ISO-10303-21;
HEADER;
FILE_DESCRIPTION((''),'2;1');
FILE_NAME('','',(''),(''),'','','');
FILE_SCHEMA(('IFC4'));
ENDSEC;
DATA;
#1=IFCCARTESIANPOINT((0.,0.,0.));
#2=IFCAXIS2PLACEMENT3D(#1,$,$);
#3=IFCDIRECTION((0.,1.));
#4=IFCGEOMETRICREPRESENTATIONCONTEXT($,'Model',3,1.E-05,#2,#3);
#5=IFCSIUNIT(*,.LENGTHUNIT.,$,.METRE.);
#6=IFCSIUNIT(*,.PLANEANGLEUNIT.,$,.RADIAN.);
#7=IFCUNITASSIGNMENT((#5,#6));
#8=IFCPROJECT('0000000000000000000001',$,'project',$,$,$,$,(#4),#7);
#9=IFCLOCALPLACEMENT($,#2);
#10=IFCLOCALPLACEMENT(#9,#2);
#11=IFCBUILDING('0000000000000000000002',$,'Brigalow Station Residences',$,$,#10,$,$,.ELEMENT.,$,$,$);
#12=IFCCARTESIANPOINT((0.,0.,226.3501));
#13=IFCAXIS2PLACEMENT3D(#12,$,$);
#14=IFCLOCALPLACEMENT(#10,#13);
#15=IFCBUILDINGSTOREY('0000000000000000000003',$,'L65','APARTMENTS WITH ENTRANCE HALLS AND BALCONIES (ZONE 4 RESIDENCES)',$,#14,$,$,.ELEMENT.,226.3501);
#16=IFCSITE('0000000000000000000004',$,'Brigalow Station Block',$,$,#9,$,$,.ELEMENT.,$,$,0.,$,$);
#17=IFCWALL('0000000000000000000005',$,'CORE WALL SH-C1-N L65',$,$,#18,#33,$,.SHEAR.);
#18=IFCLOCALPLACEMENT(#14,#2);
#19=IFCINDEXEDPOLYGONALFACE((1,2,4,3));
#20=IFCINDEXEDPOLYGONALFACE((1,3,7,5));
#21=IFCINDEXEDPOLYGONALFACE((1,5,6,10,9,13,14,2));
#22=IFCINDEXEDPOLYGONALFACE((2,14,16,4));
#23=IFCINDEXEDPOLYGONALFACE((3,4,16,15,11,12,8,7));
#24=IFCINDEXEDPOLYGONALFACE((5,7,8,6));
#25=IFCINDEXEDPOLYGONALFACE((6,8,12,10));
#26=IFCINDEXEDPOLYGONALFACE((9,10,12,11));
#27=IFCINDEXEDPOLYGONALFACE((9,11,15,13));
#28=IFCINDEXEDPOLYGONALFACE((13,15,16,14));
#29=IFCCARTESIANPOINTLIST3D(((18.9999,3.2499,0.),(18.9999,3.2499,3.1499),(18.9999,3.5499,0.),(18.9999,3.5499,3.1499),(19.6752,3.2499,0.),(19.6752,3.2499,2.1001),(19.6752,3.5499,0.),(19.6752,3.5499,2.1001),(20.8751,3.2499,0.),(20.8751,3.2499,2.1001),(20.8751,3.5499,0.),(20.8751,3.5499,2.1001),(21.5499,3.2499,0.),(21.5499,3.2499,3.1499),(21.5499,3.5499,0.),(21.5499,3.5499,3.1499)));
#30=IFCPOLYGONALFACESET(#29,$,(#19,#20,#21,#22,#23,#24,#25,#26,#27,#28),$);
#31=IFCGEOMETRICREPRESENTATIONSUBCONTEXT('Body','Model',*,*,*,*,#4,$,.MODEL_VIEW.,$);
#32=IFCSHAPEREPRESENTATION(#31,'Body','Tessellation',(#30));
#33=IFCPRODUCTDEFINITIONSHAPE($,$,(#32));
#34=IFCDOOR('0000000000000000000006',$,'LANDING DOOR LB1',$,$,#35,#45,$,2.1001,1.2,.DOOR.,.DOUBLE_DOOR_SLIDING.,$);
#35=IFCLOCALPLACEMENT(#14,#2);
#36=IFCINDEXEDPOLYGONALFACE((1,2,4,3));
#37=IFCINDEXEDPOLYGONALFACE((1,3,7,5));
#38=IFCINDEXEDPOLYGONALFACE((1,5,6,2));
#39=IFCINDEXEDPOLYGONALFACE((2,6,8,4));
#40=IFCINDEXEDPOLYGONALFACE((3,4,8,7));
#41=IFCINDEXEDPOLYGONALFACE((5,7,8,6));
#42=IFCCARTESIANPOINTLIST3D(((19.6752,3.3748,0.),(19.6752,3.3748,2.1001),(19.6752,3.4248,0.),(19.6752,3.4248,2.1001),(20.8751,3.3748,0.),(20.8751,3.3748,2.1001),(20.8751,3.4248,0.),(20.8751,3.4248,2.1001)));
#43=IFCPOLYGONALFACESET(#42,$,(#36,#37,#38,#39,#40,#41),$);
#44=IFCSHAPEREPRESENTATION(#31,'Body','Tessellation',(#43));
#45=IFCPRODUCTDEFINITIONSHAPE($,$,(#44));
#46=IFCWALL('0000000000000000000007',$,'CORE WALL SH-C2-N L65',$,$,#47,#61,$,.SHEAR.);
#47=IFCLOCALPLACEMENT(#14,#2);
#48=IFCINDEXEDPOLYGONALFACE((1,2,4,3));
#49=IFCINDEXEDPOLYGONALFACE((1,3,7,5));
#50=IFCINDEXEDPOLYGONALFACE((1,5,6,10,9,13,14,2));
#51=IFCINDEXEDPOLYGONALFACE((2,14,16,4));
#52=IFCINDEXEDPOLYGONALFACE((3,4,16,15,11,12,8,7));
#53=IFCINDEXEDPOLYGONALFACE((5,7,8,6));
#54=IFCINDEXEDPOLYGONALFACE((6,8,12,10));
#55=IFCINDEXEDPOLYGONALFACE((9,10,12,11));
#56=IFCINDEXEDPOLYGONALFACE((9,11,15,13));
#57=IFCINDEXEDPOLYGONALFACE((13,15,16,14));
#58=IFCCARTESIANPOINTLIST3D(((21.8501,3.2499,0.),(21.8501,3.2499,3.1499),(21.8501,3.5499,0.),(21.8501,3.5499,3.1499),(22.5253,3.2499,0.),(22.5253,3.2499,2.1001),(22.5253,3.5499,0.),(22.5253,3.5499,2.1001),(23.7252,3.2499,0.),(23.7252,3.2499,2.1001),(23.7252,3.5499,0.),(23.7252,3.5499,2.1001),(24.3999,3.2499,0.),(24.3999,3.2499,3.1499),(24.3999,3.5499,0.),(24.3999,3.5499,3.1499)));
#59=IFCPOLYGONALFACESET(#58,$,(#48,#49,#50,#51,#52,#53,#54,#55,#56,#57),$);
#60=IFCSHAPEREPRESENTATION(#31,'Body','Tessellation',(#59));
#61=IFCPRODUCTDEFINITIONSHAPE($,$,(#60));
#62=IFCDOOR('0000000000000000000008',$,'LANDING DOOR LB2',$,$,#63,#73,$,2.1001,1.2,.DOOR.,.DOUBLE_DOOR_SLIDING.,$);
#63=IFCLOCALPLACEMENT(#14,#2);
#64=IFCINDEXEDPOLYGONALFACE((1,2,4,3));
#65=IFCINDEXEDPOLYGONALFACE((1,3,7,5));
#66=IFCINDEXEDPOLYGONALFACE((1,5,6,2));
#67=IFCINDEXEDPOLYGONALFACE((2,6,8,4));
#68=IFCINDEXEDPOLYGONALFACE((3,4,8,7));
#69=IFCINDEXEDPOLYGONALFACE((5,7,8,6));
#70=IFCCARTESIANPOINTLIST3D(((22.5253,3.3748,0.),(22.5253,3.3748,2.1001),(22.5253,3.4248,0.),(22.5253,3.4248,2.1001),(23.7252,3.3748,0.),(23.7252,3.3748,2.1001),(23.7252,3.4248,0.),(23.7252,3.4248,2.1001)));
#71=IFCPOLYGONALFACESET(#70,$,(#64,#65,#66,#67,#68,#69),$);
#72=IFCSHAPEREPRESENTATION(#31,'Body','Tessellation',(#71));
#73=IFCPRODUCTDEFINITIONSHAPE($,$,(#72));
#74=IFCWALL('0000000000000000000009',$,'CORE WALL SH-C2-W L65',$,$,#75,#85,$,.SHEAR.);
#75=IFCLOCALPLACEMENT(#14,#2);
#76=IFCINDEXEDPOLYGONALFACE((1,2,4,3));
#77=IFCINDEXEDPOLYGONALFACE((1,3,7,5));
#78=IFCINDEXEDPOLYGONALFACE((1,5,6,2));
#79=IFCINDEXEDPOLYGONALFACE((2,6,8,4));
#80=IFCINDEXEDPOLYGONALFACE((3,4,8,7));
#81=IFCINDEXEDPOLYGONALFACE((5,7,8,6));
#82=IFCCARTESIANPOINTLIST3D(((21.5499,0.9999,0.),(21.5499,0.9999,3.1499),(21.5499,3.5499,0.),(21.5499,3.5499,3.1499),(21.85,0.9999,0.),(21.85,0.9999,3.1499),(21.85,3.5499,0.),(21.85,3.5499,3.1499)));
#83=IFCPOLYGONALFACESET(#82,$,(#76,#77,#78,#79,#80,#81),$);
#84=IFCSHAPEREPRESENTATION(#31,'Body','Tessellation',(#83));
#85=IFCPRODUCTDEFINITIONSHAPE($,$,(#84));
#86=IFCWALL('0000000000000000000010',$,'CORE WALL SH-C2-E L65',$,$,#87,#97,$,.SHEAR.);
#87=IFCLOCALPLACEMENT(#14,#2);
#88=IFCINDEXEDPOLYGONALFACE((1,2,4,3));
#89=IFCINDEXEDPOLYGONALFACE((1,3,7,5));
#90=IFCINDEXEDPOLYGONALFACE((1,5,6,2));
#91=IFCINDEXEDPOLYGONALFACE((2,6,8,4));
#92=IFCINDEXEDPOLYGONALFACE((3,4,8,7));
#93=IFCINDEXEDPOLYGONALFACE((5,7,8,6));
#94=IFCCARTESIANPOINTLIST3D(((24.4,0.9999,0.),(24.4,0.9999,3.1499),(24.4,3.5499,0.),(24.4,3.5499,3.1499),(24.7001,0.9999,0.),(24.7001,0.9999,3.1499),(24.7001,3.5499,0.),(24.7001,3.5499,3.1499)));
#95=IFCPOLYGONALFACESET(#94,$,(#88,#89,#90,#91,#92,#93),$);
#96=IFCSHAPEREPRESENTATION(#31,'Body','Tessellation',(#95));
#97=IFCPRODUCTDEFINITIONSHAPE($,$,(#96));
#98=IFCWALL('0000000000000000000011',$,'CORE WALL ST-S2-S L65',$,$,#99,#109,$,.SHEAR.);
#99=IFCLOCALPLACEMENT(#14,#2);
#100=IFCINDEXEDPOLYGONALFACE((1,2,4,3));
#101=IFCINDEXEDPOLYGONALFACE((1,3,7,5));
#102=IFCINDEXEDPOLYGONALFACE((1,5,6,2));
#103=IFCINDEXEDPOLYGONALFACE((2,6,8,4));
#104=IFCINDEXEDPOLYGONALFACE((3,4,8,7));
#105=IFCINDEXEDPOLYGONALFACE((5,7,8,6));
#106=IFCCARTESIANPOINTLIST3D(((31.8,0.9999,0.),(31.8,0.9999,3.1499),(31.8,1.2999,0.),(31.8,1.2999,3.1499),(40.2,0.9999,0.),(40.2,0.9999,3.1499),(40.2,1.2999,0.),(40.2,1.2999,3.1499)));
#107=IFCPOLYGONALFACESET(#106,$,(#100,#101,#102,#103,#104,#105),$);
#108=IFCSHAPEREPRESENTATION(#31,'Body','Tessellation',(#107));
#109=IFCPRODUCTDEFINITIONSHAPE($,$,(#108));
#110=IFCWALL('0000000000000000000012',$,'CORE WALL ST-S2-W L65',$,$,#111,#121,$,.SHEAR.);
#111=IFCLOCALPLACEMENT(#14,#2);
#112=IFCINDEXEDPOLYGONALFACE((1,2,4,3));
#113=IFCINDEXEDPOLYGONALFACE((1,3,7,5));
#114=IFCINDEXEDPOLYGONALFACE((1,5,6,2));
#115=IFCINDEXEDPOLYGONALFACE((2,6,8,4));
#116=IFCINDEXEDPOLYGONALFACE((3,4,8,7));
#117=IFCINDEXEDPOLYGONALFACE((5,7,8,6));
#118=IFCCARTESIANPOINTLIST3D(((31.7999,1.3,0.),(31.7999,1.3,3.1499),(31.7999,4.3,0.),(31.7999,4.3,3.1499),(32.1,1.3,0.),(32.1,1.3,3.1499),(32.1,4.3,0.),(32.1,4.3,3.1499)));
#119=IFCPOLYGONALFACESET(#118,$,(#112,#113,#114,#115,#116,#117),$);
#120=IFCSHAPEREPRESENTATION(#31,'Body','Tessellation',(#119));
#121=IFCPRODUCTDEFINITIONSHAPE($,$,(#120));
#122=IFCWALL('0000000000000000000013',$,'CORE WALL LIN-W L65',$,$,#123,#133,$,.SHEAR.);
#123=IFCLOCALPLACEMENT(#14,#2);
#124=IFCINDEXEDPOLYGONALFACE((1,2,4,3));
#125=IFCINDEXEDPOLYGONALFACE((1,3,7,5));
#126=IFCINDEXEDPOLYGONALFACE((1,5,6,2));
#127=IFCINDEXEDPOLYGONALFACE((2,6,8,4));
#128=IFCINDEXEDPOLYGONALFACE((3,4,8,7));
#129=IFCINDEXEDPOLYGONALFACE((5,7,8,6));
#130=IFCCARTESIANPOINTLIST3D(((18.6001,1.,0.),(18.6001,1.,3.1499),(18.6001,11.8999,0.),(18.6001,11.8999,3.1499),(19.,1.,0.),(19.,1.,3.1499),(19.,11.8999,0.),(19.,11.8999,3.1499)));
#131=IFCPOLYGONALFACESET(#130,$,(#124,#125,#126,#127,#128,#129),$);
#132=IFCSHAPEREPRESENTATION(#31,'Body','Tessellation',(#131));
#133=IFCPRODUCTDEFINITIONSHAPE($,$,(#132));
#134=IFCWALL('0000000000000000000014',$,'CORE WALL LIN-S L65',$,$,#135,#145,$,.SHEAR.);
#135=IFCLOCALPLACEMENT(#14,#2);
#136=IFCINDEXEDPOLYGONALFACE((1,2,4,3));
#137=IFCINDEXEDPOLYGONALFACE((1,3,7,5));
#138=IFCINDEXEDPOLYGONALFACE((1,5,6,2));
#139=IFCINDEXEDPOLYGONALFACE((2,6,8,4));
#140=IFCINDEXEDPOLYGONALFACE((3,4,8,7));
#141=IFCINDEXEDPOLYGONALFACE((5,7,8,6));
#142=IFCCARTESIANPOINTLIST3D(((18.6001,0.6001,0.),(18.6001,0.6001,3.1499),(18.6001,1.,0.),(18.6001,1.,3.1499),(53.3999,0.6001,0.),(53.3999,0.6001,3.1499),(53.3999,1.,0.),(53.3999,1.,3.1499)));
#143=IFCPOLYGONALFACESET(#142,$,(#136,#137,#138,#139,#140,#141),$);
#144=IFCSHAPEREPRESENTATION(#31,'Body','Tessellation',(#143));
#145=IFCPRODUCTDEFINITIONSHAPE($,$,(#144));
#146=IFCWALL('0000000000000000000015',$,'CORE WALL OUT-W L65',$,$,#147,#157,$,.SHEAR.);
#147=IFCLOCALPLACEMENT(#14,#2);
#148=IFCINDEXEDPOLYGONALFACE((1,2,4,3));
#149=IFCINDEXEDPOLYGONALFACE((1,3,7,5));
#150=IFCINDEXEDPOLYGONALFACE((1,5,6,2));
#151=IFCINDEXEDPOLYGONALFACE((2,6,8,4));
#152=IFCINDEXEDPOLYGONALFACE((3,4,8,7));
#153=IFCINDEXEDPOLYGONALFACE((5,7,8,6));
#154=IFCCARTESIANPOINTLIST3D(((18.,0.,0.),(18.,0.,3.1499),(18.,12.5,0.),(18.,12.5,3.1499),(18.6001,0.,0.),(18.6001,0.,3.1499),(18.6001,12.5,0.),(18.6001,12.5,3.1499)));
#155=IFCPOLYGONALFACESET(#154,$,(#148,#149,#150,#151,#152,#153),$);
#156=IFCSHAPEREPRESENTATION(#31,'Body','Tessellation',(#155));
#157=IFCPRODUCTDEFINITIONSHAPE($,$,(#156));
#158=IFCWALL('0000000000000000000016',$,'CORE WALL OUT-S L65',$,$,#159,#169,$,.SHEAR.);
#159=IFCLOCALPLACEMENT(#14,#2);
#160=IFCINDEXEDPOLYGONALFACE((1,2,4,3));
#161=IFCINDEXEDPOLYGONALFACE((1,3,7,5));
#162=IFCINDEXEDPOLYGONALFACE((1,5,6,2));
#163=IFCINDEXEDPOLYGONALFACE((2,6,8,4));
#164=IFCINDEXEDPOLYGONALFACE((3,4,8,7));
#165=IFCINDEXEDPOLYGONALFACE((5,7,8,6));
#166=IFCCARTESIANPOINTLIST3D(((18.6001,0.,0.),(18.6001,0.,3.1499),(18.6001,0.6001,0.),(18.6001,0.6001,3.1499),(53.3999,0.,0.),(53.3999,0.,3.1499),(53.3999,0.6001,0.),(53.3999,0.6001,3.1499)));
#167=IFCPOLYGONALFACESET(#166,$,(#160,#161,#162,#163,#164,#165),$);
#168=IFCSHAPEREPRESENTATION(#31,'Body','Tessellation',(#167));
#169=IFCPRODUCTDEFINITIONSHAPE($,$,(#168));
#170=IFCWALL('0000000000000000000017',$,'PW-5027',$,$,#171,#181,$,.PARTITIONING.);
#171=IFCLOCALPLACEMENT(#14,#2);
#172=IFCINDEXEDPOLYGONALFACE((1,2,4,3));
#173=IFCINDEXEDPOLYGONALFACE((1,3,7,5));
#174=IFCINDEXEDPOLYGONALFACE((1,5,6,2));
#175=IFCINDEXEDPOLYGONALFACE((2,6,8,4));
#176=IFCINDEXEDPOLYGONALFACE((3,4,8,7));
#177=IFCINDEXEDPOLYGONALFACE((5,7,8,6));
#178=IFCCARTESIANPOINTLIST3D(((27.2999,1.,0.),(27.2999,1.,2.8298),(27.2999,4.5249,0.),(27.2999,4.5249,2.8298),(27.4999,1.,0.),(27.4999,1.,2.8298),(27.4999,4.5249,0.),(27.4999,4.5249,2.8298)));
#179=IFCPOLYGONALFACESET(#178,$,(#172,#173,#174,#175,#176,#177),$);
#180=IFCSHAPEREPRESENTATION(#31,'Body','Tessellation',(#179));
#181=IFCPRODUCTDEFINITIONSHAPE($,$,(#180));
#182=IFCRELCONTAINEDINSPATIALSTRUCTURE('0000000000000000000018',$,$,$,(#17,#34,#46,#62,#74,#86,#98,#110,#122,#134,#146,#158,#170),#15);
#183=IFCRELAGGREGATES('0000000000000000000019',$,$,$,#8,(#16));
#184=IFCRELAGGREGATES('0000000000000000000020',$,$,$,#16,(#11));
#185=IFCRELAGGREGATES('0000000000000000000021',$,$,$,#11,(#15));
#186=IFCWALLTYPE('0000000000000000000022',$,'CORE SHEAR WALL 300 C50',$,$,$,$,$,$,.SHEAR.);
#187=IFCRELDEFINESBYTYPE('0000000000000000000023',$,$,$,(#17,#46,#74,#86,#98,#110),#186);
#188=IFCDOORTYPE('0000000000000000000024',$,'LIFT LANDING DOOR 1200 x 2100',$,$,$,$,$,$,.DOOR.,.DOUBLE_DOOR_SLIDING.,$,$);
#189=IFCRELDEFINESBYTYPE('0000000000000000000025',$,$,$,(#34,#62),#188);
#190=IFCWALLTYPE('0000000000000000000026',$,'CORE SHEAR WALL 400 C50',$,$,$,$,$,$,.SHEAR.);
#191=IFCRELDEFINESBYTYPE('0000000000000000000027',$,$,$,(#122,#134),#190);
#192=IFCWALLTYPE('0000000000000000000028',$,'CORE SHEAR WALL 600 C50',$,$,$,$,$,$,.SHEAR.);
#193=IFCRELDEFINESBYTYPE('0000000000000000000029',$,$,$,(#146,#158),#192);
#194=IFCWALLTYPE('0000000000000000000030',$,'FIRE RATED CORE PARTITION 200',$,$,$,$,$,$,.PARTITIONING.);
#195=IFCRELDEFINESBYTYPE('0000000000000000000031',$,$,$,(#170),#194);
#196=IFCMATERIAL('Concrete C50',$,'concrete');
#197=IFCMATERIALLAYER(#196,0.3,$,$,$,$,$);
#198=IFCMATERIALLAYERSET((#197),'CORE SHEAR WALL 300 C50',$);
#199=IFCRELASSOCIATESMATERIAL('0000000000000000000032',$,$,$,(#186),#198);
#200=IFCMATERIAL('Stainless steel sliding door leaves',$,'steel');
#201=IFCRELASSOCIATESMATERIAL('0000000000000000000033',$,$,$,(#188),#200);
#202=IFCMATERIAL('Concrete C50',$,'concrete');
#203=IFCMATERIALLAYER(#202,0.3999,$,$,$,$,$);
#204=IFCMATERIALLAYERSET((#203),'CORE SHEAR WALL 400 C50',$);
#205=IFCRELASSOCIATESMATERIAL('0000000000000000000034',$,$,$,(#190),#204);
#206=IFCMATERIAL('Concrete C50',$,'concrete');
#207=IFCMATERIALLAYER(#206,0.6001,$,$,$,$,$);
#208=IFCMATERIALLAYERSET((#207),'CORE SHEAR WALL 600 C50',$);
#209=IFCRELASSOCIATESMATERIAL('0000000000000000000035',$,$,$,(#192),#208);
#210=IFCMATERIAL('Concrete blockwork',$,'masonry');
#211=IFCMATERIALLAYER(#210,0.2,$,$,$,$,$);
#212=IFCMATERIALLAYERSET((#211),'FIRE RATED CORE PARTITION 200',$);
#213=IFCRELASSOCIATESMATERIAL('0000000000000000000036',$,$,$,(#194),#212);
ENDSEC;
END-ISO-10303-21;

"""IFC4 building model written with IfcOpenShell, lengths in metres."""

from ifc_helpers import new_model, si_unit, direction, frame, frame_2d, origin, place, context, subcontext, project, spatial, rectangle, extrude, material, layer, layer_set, type_object, element, fill, save


model = new_model("IFC4")

# Units and contexts
model_context = context("Model", 3, precision=1e-05, world=origin(), true_north=direction((0.0, 1.0)))
body_context = subcontext(model_context, "Body", "Model", "MODEL_VIEW")
ifc_project = project(units=[si_unit("LENGTHUNIT", "METRE"), si_unit("PLANEANGLEUNIT", "RADIAN")], contexts=[model_context])

# Site, building, storey
site_placement = place(None, origin())
site = spatial("IfcSite", under=ifc_project, at=site_placement, Name="Brigalow Station Block", CompositionType="ELEMENT", RefElevation=0.0)
building_placement = place(site_placement, origin())
building = spatial("IfcBuilding", under=site, at=building_placement, Name="Brigalow Station Residences", CompositionType="ELEMENT")
storey_placement = place(building_placement, frame((0.0, 0.0, 226.3501)))
storey = spatial("IfcBuildingStorey", under=building, at=storey_placement, Name="L65", Description="APARTMENTS WITH ENTRANCE HALLS AND BALCONIES (ZONE 4 RESIDENCES)", CompositionType="ELEMENT", Elevation=226.3501)

# Walls, openings, doors
ifc_material_1 = material(Name="Concrete C50", Category="concrete")
ifc_layer_1 = layer(ifc_material_1, 0.3)
ifc_layer_set_1 = layer_set([ifc_layer_1], Name="CORE SHEAR WALL 300 C50")
wall_type_1 = type_object("IfcWallType", Name="CORE SHEAR WALL 300 C50", PredefinedType="SHEAR", material=ifc_layer_set_1)
wall_1_placement = place(storey_placement, frame((19.0, 3.3999, 0.0), z_axis=(0.0, 0.0, 1.0), x_axis=(1.0, 0.0, 0.0)))
wall_1 = element("IfcWall", 1, at=wall_1_placement, inside=storey, type_object=wall_type_1, Name="CORE WALL SH-C1-N L65", PredefinedType="SHEAR", context=body_context, shape_type="SweptSolid", body=[
    extrude(rectangle(XDim=2.55, YDim=0.3, at=frame_2d((1.2749, 0.0))), origin(), (0.0, 0.0, 1.0), 3.1499),
])
opening_1_placement = place(wall_1_placement, frame((0.675, 0.0, 0.0)))
opening_1 = element("IfcOpeningElement", 2, at=opening_1_placement, cuts=wall_1, PredefinedType="OPENING", context=body_context, shape_type="SweptSolid", body=[
    extrude(rectangle(XDim=1.2, YDim=2.1001, at=frame_2d((0.6001, 1.05))), frame((0.0, 0.1602, 0.0), z_axis=(0.0, -1.0, 0.0), x_axis=(1.0, 0.0, 0.0)), (0.0, 0.0, 1.0), 0.3201),
])
ifc_material_2 = material(Name="Stainless steel sliding door leaves", Category="steel")
door_type = type_object("IfcDoorType", Name="LIFT LANDING DOOR 1200 x 2100", OperationType="DOUBLE_DOOR_SLIDING", PredefinedType="DOOR", material=ifc_material_2)
door_1_placement = place(opening_1_placement, origin())
door_1 = element("IfcDoor", 3, at=door_1_placement, inside=storey, type_object=door_type, Name="LANDING DOOR LB1", OperationType="DOUBLE_DOOR_SLIDING", OverallHeight=2.1001, OverallWidth=1.2, PredefinedType="DOOR", context=body_context, shape_type="SweptSolid", body=[
    extrude(rectangle(XDim=1.2, YDim=2.1001, at=frame_2d((0.6001, 1.05))), frame((0.0, 0.0249, 0.0), z_axis=(0.0, -1.0, 0.0), x_axis=(1.0, 0.0, 0.0)), (0.0, 0.0, 1.0), 0.05),
])
fill(opening_1, door_1)
wall_2_placement = place(storey_placement, frame((21.8501, 3.3999, 0.0), z_axis=(0.0, 0.0, 1.0), x_axis=(1.0, 0.0, 0.0)))
wall_2 = element("IfcWall", 4, at=wall_2_placement, inside=storey, type_object=wall_type_1, Name="CORE WALL SH-C2-N L65", PredefinedType="SHEAR", context=body_context, shape_type="SweptSolid", body=[
    extrude(rectangle(XDim=2.5498, YDim=0.3, at=frame_2d((1.2749, 0.0))), origin(), (0.0, 0.0, 1.0), 3.1499),
])
opening_2_placement = place(wall_2_placement, frame((0.675, 0.0, 0.0)))
opening_2 = element("IfcOpeningElement", 5, at=opening_2_placement, cuts=wall_2, PredefinedType="OPENING", context=body_context, shape_type="SweptSolid", body=[
    extrude(rectangle(XDim=1.2, YDim=2.1001, at=frame_2d((0.6001, 1.05))), frame((0.0, 0.1602, 0.0), z_axis=(0.0, -1.0, 0.0), x_axis=(1.0, 0.0, 0.0)), (0.0, 0.0, 1.0), 0.3201),
])
door_2_placement = place(opening_2_placement, origin())
door_2 = element("IfcDoor", 6, at=door_2_placement, inside=storey, type_object=door_type, Name="LANDING DOOR LB2", OperationType="DOUBLE_DOOR_SLIDING", OverallHeight=2.1001, OverallWidth=1.2, PredefinedType="DOOR", context=body_context, shape_type="SweptSolid", body=[
    extrude(rectangle(XDim=1.2, YDim=2.1001, at=frame_2d((0.6001, 1.05))), frame((0.0, 0.0249, 0.0), z_axis=(0.0, -1.0, 0.0), x_axis=(1.0, 0.0, 0.0)), (0.0, 0.0, 1.0), 0.05),
])
fill(opening_2, door_2)

# Walls
for number, where, z_axis, x_axis, name in (
    (7, (21.7, 1.0, 0.0), (0.0, 0.0, 1.0), (0.0, 1.0, 0.0), "CORE WALL SH-C2-W L65"),
    (8, (24.55, 1.0, 0.0), (0.0, 0.0, 1.0), (0.0, 1.0, 0.0), "CORE WALL SH-C2-E L65"),
):
    element("IfcWall", number, at=place(storey_placement, frame(where, z_axis=z_axis, x_axis=x_axis)), inside=storey, type_object=wall_type_1, Name=name, PredefinedType="SHEAR", context=body_context, shape_type="SweptSolid", body=[
        extrude(rectangle(XDim=2.55, YDim=0.3, at=frame_2d((1.2749, 0.0))), origin(), (0.0, 0.0, 1.0), 3.1499),
    ])
wall_3_placement = place(storey_placement, frame((31.8, 1.1499, 0.0), z_axis=(0.0, 0.0, 1.0), x_axis=(1.0, 0.0, 0.0)))
element("IfcWall", 9, at=wall_3_placement, inside=storey, type_object=wall_type_1, Name="CORE WALL ST-S2-S L65", PredefinedType="SHEAR", context=body_context, shape_type="SweptSolid", body=[
    extrude(rectangle(XDim=8.3999, YDim=0.3, at=frame_2d((4.2, 0.0))), origin(), (0.0, 0.0, 1.0), 3.1499),
])
wall_4_placement = place(storey_placement, frame((31.95, 1.3, 0.0), z_axis=(0.0, 0.0, 1.0), x_axis=(0.0, 1.0, 0.0)))
element("IfcWall", 10, at=wall_4_placement, inside=storey, type_object=wall_type_1, Name="CORE WALL ST-S2-W L65", PredefinedType="SHEAR", context=body_context, shape_type="SweptSolid", body=[
    extrude(rectangle(XDim=3.0, YDim=0.3, at=frame_2d((1.5, 0.0))), origin(), (0.0, 0.0, 1.0), 3.1499),
])
ifc_material_3 = material(Name="Concrete C50", Category="concrete")
ifc_layer_2 = layer(ifc_material_3, 0.3999)
ifc_layer_set_2 = layer_set([ifc_layer_2], Name="CORE SHEAR WALL 400 C50")
wall_type_2 = type_object("IfcWallType", Name="CORE SHEAR WALL 400 C50", PredefinedType="SHEAR", material=ifc_layer_set_2)
wall_5_placement = place(storey_placement, frame((18.8, 1.0, 0.0), z_axis=(0.0, 0.0, 1.0), x_axis=(0.0, 1.0, 0.0)))
element("IfcWall", 11, at=wall_5_placement, inside=storey, type_object=wall_type_2, Name="CORE WALL LIN-W L65", PredefinedType="SHEAR", context=body_context, shape_type="SweptSolid", body=[
    extrude(rectangle(XDim=10.8999, YDim=0.3999, at=frame_2d((5.45, 0.0))), origin(), (0.0, 0.0, 1.0), 3.1499),
])
wall_6_placement = place(storey_placement, frame((18.6001, 0.8, 0.0), z_axis=(0.0, 0.0, 1.0), x_axis=(1.0, 0.0, 0.0)))
element("IfcWall", 12, at=wall_6_placement, inside=storey, type_object=wall_type_2, Name="CORE WALL LIN-S L65", PredefinedType="SHEAR", context=body_context, shape_type="SweptSolid", body=[
    extrude(rectangle(XDim=34.7998, YDim=0.3999, at=frame_2d((17.3999, 0.0))), origin(), (0.0, 0.0, 1.0), 3.1499),
])
ifc_material_4 = material(Name="Concrete C50", Category="concrete")
ifc_layer_3 = layer(ifc_material_4, 0.6001)
ifc_layer_set_3 = layer_set([ifc_layer_3], Name="CORE SHEAR WALL 600 C50")
wall_type_3 = type_object("IfcWallType", Name="CORE SHEAR WALL 600 C50", PredefinedType="SHEAR", material=ifc_layer_set_3)
wall_7_placement = place(storey_placement, frame((18.3, 0.0, 0.0), z_axis=(0.0, 0.0, 1.0), x_axis=(0.0, 1.0, 0.0)))
element("IfcWall", 13, at=wall_7_placement, inside=storey, type_object=wall_type_3, Name="CORE WALL OUT-W L65", PredefinedType="SHEAR", context=body_context, shape_type="SweptSolid", body=[
    extrude(rectangle(XDim=12.5, YDim=0.6001, at=frame_2d((6.25, 0.0))), origin(), (0.0, 0.0, 1.0), 3.1499),
])
wall_8_placement = place(storey_placement, frame((18.6001, 0.3, 0.0), z_axis=(0.0, 0.0, 1.0), x_axis=(1.0, 0.0, 0.0)))
element("IfcWall", 14, at=wall_8_placement, inside=storey, type_object=wall_type_3, Name="CORE WALL OUT-S L65", PredefinedType="SHEAR", context=body_context, shape_type="SweptSolid", body=[
    extrude(rectangle(XDim=34.7998, YDim=0.6001, at=frame_2d((17.3999, 0.0))), origin(), (0.0, 0.0, 1.0), 3.1499),
])
ifc_material_5 = material(Name="Concrete blockwork", Category="masonry")
ifc_layer_4 = layer(ifc_material_5, 0.2)
ifc_layer_set_4 = layer_set([ifc_layer_4], Name="FIRE RATED CORE PARTITION 200")
wall_type_4 = type_object("IfcWallType", Name="FIRE RATED CORE PARTITION 200", PredefinedType="PARTITIONING", material=ifc_layer_set_4)
wall_9_placement = place(storey_placement, frame((27.3999, 1.0, 0.0), z_axis=(0.0, 0.0, 1.0), x_axis=(0.0, 1.0, 0.0)))
element("IfcWall", 15, at=wall_9_placement, inside=storey, type_object=wall_type_4, Name="PW-5027", PredefinedType="PARTITIONING", context=body_context, shape_type="SweptSolid", body=[
    extrude(rectangle(XDim=3.5249, YDim=0.2, at=frame_2d((1.7625, 0.0))), origin(), (0.0, 0.0, 1.0), 2.8298),
])

save(model, "model.ifc")
